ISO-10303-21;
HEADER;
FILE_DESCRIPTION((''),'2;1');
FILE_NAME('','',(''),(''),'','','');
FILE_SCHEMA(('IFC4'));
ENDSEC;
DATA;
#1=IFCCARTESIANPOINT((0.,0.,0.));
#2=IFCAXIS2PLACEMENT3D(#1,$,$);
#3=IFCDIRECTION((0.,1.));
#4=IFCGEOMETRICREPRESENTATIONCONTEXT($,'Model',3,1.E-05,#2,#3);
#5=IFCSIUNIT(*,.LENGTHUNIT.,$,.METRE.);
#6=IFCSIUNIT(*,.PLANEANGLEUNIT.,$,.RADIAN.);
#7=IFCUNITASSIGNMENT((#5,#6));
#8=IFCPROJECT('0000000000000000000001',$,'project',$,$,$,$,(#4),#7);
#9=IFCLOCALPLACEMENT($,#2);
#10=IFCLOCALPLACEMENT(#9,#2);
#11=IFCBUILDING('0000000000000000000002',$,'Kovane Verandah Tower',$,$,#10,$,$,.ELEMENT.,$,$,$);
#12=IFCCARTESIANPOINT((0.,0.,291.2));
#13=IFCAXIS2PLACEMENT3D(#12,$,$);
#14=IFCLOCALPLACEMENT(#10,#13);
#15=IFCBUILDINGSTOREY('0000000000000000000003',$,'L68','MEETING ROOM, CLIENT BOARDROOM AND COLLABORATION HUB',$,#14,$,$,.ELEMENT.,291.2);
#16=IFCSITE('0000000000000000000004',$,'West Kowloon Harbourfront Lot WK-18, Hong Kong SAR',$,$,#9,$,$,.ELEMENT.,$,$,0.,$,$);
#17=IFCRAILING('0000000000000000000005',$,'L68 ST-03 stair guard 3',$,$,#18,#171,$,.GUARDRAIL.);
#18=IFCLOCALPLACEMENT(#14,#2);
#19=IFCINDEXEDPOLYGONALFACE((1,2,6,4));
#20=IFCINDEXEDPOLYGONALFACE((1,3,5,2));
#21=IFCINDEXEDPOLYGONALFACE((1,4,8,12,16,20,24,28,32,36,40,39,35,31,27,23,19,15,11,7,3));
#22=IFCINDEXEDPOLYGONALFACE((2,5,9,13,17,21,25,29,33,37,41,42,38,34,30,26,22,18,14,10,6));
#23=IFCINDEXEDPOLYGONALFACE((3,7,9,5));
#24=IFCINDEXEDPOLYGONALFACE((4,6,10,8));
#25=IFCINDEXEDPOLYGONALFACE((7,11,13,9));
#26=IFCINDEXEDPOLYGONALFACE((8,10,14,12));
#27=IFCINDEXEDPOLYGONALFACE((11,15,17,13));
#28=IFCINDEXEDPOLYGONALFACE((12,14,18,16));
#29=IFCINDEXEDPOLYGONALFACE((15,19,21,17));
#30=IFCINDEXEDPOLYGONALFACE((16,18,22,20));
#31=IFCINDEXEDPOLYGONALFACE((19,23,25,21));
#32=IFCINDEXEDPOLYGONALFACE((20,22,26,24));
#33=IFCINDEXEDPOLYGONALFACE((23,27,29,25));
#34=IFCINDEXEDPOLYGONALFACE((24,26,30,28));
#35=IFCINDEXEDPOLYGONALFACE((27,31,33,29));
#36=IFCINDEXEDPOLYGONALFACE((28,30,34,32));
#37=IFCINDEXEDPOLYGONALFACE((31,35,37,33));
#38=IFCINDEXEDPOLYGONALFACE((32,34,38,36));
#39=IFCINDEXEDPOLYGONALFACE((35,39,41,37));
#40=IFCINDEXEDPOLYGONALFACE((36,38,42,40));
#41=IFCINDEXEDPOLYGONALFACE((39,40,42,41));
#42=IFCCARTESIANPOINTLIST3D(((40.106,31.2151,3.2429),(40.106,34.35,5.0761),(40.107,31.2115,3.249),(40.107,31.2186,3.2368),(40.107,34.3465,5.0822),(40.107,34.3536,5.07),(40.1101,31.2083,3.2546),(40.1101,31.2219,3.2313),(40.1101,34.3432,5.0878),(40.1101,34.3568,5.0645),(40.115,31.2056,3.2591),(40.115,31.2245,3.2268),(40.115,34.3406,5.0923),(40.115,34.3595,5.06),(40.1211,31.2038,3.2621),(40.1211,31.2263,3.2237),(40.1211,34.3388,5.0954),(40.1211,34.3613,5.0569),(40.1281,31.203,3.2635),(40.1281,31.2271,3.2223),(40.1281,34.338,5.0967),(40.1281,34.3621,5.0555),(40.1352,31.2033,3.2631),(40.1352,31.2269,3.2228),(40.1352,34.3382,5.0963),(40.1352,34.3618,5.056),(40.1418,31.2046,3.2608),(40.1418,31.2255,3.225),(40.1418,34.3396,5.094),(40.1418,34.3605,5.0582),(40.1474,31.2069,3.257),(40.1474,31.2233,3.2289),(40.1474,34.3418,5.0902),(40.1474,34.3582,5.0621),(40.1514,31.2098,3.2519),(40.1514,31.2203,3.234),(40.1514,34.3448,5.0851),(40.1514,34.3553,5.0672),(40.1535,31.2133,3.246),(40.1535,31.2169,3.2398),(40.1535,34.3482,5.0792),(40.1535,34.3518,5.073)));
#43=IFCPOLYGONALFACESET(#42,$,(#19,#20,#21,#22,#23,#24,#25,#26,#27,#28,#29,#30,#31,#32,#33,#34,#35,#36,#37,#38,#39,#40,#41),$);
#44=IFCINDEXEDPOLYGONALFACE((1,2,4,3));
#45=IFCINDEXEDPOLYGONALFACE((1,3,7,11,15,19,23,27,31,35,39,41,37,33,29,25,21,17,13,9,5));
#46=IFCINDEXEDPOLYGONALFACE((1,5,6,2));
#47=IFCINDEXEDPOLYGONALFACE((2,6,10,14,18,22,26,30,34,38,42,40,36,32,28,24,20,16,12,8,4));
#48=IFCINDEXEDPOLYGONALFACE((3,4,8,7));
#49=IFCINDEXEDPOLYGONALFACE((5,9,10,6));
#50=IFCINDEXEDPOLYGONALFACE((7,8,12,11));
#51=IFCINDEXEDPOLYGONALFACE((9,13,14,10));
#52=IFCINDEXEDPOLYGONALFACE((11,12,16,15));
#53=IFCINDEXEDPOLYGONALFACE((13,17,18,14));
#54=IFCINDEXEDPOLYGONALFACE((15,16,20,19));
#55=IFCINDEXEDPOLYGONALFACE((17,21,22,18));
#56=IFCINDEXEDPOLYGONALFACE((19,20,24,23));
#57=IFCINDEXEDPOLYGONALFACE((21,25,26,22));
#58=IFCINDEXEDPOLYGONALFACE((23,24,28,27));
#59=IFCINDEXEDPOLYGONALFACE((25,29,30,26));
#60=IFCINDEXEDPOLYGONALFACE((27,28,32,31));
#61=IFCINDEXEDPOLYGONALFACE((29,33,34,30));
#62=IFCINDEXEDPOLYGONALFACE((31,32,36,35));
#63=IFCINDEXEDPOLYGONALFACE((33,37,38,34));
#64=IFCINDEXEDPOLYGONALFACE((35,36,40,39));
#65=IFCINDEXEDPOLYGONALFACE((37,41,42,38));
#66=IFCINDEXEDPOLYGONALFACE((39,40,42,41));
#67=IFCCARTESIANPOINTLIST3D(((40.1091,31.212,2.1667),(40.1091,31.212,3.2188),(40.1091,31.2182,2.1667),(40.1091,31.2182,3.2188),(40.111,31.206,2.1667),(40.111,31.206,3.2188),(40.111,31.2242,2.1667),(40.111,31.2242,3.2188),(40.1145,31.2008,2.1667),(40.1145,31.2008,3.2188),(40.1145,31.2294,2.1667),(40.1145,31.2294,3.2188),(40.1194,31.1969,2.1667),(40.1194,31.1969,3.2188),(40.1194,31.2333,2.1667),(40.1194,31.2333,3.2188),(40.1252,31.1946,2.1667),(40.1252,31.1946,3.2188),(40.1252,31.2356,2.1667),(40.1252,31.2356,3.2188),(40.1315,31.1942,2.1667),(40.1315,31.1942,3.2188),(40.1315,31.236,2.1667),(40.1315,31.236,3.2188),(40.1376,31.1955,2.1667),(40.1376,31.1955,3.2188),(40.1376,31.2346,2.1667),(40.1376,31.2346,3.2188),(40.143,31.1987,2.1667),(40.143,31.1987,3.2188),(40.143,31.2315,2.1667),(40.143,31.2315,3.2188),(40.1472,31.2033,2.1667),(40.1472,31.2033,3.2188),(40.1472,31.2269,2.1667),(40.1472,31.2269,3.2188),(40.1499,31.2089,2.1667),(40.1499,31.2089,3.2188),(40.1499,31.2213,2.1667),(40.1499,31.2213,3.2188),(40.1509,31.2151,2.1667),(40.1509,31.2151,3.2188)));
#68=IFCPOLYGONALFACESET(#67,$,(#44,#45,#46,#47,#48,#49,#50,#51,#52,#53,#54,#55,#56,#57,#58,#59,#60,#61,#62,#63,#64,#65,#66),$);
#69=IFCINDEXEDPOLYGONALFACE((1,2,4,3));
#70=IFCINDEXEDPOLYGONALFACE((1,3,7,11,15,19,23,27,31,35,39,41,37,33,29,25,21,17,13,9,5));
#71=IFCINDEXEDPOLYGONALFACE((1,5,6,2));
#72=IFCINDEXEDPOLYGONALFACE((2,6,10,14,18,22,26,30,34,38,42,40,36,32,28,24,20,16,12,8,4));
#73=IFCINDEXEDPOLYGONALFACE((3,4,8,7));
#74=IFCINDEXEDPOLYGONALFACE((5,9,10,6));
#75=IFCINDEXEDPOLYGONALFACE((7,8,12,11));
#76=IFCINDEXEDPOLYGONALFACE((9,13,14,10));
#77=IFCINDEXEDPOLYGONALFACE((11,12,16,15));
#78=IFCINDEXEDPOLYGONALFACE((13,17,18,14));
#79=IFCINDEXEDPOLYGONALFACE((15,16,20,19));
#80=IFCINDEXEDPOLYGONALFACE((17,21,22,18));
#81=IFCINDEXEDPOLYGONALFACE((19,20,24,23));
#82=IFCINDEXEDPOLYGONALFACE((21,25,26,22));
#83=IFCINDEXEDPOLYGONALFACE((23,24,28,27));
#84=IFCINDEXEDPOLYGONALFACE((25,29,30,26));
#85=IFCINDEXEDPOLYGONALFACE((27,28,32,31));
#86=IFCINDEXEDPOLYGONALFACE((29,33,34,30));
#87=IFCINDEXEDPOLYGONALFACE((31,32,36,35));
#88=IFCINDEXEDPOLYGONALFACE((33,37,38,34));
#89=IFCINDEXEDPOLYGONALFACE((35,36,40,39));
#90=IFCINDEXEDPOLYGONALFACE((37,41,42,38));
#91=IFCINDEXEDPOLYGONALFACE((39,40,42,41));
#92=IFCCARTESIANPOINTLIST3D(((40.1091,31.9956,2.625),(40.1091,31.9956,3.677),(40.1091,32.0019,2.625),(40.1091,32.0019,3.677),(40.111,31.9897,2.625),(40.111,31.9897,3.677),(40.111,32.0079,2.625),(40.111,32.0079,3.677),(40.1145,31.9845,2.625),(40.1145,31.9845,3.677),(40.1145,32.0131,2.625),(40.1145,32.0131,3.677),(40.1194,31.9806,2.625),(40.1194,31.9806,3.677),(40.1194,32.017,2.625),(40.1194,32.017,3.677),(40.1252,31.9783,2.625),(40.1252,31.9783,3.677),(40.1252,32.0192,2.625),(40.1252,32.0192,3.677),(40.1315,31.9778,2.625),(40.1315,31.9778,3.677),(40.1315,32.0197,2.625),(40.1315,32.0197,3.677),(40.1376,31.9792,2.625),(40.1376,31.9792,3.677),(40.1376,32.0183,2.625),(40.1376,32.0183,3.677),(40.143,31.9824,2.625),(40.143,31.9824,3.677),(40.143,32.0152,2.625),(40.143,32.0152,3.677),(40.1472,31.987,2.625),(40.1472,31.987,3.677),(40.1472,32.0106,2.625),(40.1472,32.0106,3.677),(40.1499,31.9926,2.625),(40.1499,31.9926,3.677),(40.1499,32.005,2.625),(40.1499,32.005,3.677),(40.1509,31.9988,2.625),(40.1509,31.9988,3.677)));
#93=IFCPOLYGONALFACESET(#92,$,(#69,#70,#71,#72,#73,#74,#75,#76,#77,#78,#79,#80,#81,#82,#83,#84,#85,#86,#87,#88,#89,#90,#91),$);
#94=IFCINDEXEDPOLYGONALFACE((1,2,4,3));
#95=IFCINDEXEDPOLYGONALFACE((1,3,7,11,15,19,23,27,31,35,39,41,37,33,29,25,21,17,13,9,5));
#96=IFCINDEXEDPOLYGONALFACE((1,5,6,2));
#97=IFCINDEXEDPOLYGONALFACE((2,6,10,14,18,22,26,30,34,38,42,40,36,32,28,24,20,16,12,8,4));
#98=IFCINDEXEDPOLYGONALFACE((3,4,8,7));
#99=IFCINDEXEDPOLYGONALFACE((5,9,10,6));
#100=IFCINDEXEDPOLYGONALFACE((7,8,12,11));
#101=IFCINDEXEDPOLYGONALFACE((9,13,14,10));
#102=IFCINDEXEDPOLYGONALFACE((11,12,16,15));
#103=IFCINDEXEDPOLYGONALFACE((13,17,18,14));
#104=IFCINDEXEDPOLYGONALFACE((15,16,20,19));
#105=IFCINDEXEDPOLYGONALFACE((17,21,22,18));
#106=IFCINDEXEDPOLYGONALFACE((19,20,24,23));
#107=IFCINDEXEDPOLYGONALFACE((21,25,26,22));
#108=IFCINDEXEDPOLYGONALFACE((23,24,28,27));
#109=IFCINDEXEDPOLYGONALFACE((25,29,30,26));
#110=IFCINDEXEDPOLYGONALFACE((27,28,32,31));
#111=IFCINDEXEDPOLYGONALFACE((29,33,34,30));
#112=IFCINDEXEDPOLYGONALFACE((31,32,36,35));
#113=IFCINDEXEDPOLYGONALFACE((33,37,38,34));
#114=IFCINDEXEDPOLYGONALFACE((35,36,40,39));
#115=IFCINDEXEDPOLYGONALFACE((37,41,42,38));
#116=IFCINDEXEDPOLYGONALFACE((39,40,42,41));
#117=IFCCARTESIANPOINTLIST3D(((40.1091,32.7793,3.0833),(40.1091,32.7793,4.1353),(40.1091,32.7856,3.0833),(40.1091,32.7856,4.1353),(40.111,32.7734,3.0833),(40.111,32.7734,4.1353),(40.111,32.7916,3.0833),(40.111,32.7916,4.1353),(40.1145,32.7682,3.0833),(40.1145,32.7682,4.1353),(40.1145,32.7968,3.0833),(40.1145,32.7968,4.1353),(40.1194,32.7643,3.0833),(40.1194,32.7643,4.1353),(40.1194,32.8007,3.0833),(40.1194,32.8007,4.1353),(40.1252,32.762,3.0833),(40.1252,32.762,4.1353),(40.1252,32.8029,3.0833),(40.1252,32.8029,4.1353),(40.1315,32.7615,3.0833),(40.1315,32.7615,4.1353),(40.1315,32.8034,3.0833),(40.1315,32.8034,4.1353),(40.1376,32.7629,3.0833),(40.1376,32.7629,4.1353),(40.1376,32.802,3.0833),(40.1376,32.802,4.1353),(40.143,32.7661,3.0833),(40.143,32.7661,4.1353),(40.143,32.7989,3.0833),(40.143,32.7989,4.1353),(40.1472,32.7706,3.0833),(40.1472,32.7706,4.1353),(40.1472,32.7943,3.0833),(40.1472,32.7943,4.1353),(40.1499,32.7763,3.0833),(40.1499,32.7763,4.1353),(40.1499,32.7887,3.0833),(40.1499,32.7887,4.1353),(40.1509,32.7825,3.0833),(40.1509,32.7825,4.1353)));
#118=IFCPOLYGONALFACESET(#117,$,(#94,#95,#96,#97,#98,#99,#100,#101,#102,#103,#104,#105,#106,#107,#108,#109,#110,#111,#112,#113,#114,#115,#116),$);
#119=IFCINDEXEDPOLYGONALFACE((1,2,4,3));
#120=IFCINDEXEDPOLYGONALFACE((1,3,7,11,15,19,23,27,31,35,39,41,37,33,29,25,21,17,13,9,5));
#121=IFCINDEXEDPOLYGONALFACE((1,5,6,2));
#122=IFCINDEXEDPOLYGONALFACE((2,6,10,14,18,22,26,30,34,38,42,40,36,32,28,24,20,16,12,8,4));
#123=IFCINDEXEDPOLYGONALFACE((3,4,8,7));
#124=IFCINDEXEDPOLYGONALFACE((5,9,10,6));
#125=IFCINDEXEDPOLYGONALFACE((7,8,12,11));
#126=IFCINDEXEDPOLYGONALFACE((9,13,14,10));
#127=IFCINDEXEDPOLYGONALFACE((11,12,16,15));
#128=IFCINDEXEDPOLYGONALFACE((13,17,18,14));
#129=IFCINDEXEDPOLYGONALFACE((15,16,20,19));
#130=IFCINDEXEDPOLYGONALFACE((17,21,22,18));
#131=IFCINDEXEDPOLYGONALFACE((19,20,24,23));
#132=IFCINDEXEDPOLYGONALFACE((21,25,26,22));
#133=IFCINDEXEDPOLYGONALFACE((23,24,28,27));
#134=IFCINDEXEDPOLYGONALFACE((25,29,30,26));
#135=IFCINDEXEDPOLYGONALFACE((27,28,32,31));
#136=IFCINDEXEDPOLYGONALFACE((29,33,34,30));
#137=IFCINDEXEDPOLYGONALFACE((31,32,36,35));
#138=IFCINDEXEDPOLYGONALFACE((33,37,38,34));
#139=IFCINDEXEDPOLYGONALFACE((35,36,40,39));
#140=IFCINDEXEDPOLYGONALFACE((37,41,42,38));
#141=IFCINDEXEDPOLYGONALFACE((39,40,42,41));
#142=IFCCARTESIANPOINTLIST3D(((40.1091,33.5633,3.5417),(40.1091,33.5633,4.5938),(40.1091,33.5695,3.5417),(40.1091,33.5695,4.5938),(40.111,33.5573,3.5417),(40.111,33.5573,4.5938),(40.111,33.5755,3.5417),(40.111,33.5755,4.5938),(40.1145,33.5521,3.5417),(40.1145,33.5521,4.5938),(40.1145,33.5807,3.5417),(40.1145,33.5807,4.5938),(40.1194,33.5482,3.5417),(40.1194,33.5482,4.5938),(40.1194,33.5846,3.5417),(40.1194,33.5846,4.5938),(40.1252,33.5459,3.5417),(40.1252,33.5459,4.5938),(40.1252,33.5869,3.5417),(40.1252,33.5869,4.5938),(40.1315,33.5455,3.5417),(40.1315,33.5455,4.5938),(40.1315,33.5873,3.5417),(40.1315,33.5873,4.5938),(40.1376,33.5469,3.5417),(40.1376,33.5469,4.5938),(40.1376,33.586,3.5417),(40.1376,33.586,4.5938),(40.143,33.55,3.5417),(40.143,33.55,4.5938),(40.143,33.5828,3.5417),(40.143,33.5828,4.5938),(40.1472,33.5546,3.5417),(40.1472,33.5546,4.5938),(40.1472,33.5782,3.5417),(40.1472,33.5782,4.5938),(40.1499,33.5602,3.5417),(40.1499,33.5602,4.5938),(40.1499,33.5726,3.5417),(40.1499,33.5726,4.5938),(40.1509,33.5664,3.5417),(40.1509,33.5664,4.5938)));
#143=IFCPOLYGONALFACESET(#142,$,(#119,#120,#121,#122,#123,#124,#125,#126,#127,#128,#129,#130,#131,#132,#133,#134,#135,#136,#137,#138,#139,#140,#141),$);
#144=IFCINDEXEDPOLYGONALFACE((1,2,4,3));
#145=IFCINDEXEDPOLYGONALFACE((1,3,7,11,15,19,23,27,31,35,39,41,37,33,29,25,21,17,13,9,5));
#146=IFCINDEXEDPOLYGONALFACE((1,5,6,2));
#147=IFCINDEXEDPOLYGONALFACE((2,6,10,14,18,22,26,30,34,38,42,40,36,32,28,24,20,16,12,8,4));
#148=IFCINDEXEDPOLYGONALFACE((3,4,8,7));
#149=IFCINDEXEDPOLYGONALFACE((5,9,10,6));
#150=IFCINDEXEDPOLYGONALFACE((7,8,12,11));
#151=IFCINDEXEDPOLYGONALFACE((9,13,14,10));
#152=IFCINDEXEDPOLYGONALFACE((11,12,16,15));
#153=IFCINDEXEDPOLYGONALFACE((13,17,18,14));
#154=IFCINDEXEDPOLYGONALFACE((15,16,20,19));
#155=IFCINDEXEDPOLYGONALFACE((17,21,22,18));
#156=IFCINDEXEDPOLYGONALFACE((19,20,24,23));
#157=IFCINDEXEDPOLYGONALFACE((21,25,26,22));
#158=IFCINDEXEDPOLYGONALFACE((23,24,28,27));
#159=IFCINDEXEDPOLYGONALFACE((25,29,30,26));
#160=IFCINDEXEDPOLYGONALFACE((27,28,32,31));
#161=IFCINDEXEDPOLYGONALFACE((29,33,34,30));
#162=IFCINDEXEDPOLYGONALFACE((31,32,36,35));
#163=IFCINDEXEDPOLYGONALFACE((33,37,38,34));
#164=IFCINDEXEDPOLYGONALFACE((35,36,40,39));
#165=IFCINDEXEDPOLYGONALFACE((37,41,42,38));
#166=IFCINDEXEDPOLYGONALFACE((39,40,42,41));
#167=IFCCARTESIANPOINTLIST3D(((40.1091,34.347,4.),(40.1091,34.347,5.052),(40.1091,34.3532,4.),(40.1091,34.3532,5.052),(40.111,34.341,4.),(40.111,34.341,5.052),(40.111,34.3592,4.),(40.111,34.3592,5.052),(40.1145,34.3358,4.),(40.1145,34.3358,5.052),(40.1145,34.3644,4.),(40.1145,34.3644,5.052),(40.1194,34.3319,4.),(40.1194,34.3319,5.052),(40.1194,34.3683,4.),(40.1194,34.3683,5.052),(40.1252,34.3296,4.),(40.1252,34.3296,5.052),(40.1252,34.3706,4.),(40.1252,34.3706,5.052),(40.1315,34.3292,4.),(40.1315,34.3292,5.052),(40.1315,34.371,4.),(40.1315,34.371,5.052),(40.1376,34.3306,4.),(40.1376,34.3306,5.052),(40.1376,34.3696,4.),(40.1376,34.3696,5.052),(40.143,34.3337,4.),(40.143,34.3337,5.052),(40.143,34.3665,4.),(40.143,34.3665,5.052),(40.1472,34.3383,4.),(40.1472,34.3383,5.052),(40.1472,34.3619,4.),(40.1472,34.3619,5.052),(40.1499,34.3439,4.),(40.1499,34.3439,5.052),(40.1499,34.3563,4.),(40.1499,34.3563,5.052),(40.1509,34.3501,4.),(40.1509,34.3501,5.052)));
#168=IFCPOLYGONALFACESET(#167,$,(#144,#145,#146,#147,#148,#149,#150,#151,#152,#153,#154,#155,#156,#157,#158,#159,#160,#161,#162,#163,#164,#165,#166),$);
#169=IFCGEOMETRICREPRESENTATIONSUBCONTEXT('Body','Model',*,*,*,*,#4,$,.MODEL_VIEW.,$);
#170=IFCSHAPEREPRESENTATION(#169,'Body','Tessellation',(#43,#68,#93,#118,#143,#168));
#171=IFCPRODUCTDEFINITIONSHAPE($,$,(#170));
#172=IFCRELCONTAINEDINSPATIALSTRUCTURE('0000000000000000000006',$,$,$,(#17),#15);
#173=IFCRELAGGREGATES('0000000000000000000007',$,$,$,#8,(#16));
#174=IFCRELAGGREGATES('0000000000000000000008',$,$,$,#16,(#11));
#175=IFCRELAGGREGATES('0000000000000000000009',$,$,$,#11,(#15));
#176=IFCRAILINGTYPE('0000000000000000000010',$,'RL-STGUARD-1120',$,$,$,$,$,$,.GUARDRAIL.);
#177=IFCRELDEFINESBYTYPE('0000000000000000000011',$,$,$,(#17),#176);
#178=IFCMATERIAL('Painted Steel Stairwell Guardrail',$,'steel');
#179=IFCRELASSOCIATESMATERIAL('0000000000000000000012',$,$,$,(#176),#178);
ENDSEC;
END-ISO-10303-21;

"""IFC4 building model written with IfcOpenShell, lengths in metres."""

from ifc_helpers import new_model, si_unit, direction, frame, origin, origin_2d, place, context, subcontext, project, spatial, circle, extrude, material, type_object, element, save


model = new_model("IFC4")

# Units and contexts
model_context = context("Model", 3, precision=1e-05, world=origin(), true_north=direction((0.0, 1.0)))
body_context = subcontext(model_context, "Body", "Model", "MODEL_VIEW")
ifc_project = project(units=[si_unit("LENGTHUNIT", "METRE"), si_unit("PLANEANGLEUNIT", "RADIAN")], contexts=[model_context])

# Site, building, storey
site_placement = place(None, origin())
site = spatial("IfcSite", under=ifc_project, at=site_placement, Name="West Kowloon Harbourfront Lot WK-18, Hong Kong SAR", CompositionType="ELEMENT", RefElevation=0.0)
building_placement = place(site_placement, origin())
building = spatial("IfcBuilding", under=site, at=building_placement, Name="Kovane Verandah Tower", CompositionType="ELEMENT")
storey_placement = place(building_placement, frame((0.0, 0.0, 291.2)))
storey = spatial("IfcBuildingStorey", under=building, at=storey_placement, Name="L68", Description="MEETING ROOM, CLIENT BOARDROOM AND COLLABORATION HUB", CompositionType="ELEMENT", Elevation=291.2)

# Railing
ifc_material_1 = material(Name="Painted Steel Stairwell Guardrail", Category="steel")
railing_type_1 = type_object("IfcRailingType", Name="RL-STGUARD-1120", PredefinedType="GUARDRAIL", material=ifc_material_1)
railing_1_placement = place(storey_placement, frame((40.1299, 31.2151, 2.1667)))
element("IfcRailing", 1, at=railing_1_placement, inside=storey, type_object=railing_type_1, Name="L68 ST-03 stair guard 3", PredefinedType="GUARDRAIL", context=body_context, shape_type="SweptSolid", body=[
    extrude(circle(Radius=0.0239, at=origin_2d()), frame((0.0, 0.0, 1.0762), z_axis=(0.0, 0.86324, 0.504794), x_axis=(-1.0, 0.0, 0.0)), (0.0, 0.0, 1.0), 3.6316),
    extrude(circle(Radius=0.021, at=origin_2d()), origin(), (0.0, 0.0, 1.0), 1.052),
    extrude(circle(Radius=0.021, at=origin_2d()), frame((0.0, 0.7837, 0.4583)), (0.0, 0.0, 1.0), 1.052),
    extrude(circle(Radius=0.021, at=origin_2d()), frame((0.0, 1.5674, 0.9165)), (0.0, 0.0, 1.0), 1.052),
    extrude(circle(Radius=0.021, at=origin_2d()), frame((0.0, 2.3513, 1.375)), (0.0, 0.0, 1.0), 1.052),
    extrude(circle(Radius=0.021, at=origin_2d()), frame((0.0, 3.135, 1.8333)), (0.0, 0.0, 1.0), 1.052),
])

save(model, "model.ifc")
